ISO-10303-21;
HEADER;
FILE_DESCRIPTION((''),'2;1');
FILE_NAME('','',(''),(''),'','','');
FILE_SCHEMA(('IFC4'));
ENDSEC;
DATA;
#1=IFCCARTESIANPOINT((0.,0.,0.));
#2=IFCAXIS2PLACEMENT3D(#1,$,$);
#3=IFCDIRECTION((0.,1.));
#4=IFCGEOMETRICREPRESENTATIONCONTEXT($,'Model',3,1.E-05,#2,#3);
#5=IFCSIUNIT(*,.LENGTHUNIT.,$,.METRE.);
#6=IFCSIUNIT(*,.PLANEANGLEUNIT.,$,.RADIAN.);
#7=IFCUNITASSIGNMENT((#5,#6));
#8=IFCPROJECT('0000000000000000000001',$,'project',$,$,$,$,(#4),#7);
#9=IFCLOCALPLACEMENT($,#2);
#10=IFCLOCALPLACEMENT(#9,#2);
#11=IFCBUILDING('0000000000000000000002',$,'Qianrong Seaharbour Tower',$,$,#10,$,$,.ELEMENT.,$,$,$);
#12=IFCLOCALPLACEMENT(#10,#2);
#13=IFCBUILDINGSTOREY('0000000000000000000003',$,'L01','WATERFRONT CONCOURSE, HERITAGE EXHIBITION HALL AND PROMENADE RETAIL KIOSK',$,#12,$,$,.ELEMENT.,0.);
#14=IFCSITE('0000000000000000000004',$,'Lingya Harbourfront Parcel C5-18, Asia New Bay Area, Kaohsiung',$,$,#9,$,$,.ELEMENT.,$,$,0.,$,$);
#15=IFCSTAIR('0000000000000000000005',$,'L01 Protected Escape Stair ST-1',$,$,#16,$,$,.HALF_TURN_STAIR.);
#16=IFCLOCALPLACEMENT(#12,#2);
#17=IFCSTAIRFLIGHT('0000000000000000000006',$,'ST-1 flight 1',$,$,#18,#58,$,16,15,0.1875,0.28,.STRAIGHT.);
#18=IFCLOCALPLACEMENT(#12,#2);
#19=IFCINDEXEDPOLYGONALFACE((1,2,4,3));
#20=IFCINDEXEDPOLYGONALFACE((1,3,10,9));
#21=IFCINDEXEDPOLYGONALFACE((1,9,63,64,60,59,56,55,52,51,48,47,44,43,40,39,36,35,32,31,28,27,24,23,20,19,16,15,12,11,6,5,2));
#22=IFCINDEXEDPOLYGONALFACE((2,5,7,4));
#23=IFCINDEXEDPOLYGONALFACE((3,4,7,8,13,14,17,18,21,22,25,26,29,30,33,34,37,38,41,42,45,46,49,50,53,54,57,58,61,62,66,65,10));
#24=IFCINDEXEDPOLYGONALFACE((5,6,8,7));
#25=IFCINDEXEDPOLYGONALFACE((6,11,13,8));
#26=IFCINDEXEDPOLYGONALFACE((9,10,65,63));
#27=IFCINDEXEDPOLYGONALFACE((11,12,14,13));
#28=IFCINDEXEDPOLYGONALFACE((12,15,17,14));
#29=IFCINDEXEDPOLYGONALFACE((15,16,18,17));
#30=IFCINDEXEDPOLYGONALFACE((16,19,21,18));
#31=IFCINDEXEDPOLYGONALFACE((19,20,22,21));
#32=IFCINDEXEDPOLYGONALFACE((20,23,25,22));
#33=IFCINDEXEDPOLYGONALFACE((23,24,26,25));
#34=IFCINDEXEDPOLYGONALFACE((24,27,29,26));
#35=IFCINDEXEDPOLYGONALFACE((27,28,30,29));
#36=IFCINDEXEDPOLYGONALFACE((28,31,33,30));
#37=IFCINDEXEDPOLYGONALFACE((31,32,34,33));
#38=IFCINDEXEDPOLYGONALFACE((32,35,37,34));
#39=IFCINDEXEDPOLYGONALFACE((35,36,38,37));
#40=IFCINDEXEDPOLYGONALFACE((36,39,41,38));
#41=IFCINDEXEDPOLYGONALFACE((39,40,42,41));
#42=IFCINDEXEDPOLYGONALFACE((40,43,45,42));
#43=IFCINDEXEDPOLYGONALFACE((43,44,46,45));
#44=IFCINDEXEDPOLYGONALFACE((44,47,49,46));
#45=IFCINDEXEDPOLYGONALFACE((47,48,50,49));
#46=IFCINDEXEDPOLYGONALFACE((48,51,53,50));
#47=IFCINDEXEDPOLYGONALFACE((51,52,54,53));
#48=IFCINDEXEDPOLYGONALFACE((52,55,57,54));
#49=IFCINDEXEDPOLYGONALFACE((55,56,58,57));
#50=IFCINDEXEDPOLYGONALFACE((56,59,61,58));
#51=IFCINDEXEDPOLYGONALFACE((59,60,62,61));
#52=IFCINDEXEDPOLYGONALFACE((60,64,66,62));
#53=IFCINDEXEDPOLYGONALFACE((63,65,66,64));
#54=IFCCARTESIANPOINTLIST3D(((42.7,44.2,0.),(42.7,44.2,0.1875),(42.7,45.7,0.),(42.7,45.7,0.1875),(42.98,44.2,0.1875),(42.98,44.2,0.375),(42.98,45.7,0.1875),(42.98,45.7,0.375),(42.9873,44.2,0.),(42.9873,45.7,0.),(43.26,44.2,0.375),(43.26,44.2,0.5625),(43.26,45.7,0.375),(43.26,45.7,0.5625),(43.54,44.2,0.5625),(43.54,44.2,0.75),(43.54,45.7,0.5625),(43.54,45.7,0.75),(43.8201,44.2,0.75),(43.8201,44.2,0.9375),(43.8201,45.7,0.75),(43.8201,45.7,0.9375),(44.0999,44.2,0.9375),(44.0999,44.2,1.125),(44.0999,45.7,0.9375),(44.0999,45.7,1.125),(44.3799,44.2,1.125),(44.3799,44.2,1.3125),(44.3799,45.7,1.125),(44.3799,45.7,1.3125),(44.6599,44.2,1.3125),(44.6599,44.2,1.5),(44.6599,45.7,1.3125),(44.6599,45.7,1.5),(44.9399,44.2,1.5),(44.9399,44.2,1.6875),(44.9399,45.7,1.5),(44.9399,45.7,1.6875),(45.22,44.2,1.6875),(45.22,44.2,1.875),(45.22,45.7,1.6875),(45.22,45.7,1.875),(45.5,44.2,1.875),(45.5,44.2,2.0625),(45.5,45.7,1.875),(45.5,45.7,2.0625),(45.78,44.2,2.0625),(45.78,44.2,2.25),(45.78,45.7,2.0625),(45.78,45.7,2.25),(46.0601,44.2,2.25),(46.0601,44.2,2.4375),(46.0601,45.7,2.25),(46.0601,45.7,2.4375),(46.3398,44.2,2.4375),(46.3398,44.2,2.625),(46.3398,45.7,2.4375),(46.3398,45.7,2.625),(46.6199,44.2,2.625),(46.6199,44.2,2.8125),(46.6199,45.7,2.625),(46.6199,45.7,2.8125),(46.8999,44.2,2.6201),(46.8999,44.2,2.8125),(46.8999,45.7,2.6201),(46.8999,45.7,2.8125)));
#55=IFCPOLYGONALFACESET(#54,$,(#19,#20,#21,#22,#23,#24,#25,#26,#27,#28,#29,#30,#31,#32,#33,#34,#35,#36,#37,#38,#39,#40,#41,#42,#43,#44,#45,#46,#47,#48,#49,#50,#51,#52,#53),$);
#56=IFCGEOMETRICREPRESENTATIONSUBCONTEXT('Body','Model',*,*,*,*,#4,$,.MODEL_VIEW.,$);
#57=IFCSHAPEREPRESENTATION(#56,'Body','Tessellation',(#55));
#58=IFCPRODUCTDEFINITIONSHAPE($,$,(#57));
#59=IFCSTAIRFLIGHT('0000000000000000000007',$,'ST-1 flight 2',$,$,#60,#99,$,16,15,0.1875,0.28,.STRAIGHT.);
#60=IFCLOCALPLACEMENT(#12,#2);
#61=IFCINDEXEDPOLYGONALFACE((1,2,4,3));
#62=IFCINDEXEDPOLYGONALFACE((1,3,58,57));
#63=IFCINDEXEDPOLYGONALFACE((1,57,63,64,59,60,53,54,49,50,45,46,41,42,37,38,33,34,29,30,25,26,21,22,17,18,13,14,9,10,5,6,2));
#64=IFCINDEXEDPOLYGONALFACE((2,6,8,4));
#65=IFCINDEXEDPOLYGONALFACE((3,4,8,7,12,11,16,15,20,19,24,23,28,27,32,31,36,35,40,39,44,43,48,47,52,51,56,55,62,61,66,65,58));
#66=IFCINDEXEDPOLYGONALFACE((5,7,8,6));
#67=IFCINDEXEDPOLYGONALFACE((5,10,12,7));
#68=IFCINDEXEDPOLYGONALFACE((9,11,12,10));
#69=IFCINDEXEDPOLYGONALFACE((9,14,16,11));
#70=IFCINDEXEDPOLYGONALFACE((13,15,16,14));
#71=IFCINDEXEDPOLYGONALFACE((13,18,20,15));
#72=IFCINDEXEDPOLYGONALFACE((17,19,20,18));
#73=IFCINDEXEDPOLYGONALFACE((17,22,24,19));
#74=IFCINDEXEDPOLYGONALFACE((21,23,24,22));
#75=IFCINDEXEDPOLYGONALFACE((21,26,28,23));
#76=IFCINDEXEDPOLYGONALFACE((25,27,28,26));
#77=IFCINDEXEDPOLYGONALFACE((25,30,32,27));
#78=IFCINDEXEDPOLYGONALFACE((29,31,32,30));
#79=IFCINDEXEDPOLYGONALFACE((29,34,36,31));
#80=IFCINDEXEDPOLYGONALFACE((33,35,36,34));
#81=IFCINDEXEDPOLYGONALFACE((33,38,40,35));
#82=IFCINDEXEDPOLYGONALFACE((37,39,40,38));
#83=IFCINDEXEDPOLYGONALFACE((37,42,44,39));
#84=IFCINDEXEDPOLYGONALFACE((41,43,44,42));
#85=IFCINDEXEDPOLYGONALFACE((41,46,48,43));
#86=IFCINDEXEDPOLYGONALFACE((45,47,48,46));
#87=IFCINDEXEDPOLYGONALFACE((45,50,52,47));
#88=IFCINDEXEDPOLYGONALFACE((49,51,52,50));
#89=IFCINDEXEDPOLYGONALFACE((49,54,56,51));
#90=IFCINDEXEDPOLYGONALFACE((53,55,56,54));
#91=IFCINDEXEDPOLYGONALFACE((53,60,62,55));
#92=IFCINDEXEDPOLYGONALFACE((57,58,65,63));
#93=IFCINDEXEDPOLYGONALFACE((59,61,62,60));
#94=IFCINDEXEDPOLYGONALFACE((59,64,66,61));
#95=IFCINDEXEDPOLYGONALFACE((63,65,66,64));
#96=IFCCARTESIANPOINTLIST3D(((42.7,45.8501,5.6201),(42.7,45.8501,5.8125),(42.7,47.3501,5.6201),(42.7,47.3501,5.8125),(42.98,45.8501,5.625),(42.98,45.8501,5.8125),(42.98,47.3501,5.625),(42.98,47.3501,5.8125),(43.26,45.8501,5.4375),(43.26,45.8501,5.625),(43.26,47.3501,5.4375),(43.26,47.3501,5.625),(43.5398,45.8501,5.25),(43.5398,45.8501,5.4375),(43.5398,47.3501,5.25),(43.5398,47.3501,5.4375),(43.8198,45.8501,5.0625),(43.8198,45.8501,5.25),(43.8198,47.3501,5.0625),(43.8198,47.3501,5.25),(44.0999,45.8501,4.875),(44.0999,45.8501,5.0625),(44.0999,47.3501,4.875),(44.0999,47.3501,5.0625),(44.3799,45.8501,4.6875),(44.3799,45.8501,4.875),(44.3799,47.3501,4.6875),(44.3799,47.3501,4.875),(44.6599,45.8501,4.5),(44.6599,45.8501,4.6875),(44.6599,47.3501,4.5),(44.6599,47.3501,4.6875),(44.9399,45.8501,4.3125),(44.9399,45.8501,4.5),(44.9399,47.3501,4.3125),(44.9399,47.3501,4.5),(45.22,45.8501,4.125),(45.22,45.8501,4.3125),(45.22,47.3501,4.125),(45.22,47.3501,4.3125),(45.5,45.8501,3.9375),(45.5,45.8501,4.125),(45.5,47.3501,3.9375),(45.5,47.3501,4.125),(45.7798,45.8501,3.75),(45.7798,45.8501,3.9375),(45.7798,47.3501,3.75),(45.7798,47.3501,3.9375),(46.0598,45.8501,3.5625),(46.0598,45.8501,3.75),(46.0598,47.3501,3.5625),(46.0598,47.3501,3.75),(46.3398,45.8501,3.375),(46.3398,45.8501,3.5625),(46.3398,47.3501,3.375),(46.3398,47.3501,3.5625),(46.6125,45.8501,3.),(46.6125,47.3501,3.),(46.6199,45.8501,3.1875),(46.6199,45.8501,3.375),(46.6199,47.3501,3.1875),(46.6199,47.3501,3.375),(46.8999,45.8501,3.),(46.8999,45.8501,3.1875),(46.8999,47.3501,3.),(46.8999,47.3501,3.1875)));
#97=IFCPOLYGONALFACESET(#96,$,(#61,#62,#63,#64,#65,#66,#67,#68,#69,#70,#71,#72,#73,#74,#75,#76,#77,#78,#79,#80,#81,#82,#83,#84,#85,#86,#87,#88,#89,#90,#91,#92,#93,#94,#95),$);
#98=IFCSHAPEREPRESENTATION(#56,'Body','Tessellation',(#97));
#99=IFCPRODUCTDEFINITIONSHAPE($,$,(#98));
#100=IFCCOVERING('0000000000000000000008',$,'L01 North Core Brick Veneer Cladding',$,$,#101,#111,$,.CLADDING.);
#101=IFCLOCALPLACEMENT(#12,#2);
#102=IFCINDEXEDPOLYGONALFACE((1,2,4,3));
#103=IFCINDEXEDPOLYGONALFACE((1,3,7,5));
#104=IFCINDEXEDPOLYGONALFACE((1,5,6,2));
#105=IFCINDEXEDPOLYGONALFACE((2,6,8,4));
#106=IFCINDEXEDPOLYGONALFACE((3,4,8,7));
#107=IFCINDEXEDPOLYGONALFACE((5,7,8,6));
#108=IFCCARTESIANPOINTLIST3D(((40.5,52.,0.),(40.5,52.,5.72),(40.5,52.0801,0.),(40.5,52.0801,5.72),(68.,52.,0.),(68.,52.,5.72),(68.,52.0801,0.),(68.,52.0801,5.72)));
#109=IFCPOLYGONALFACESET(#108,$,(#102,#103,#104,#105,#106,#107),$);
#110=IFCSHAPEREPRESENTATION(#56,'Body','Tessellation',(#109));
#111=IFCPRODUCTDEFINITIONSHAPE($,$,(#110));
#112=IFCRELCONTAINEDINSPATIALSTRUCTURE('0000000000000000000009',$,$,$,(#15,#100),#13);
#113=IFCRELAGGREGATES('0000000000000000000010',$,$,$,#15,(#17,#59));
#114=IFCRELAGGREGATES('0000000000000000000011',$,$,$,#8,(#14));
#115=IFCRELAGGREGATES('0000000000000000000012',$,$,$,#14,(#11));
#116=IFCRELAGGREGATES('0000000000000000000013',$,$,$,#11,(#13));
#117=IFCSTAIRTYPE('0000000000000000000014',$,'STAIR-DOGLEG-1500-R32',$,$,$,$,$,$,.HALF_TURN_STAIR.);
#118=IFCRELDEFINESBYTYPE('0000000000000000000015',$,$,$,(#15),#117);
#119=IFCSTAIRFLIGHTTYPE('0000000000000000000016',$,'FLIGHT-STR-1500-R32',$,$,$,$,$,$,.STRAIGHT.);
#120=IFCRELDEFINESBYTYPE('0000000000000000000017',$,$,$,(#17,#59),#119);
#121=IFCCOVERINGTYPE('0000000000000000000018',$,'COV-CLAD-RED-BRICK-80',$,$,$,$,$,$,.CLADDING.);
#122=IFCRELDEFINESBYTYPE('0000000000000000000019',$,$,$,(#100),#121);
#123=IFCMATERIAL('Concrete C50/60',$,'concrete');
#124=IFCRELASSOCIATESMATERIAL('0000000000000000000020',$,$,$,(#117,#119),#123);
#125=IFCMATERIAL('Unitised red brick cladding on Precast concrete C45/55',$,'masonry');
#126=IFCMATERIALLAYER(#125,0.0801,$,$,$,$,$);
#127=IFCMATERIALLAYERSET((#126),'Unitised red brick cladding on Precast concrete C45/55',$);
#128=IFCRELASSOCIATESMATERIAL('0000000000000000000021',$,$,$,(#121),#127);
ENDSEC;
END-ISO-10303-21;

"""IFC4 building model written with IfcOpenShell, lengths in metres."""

from ifc_helpers import new_model, si_unit, direction, frame, origin, origin_2d, place, context, subcontext, project, spatial, polyline, rectangle, outline, extrude, material, layer, layer_set, type_object, element, aggregate, save


model = new_model("IFC4")

# Units and contexts
model_context = context("Model", 3, precision=1e-05, world=origin(), true_north=direction((0.0, 1.0)))
body_context = subcontext(model_context, "Body", "Model", "MODEL_VIEW")
ifc_project = project(units=[si_unit("LENGTHUNIT", "METRE"), si_unit("PLANEANGLEUNIT", "RADIAN")], contexts=[model_context])

# Site, building, storey
site_placement = place(None, origin())
site = spatial("IfcSite", under=ifc_project, at=site_placement, Name="Lingya Harbourfront Parcel C5-18, Asia New Bay Area, Kaohsiung", CompositionType="ELEMENT", RefElevation=0.0)
building_placement = place(site_placement, origin())
building = spatial("IfcBuilding", under=site, at=building_placement, Name="Qianrong Seaharbour Tower", CompositionType="ELEMENT")
storey_placement = place(building_placement, origin())
storey = spatial("IfcBuildingStorey", under=building, at=storey_placement, Name="L01", Description="WATERFRONT CONCOURSE, HERITAGE EXHIBITION HALL AND PROMENADE RETAIL KIOSK", CompositionType="ELEMENT", Elevation=0.0)

# Shared definitions
ifc_material_1 = material(Name="Concrete C50/60", Category="concrete")

# Stair, stair flights
stair_type = type_object("IfcStairType", Name="STAIR-DOGLEG-1500-R32", PredefinedType="HALF_TURN_STAIR", material=ifc_material_1)
stair_placement = place(storey_placement, origin())
stair = element("IfcStair", 1, at=stair_placement, inside=storey, type_object=stair_type, Name="L01 Protected Escape Stair ST-1", PredefinedType="HALF_TURN_STAIR")
stair_flight_type = type_object("IfcStairFlightType", Name="FLIGHT-STR-1500-R32", PredefinedType="STRAIGHT", material=ifc_material_1)
stair_flight_1_placement = place(storey_placement, frame((42.7, 44.95, 0.0), z_axis=(0.0, 0.0, 1.0), x_axis=(1.0, 0.0, 0.0)))
stair_flight_1 = element("IfcStairFlight", 2, at=stair_flight_1_placement, type_object=stair_flight_type, Name="ST-1 flight 1", NumberOfRisers=16, NumberOfTreads=15, PredefinedType="STRAIGHT", RiserHeight=0.1875, TreadLength=0.28, context=body_context, shape_type="SweptSolid", body=[
    extrude(outline(polyline([(0.0, 0.0), (0.0, 0.1875), (0.28, 0.1875), (0.28, 0.375), (0.5601, 0.375), (0.5601, 0.5625), (0.8401, 0.5625), (0.8401, 0.75), (1.1201, 0.75), (1.1201, 0.9375), (1.3999, 0.9375), (1.3999, 1.125), (1.6799, 1.125), (1.6799, 1.3125), (1.96, 1.3125), (1.96, 1.5), (2.24, 1.5), (2.24, 1.6875), (2.52, 1.6875), (2.52, 1.875), (2.8, 1.875), (2.8, 2.0625), (3.0801, 2.0625), (3.0801, 2.25), (3.3601, 2.25), (3.3601, 2.4375), (3.6399, 2.4375), (3.6399, 2.625), (3.9199, 2.625), (3.9199, 2.8125), (4.2, 2.8125), (4.2, 3.0), (4.2, 2.6201), (0.2874, 0.0), (0.0, 0.0)])), frame((0.0, 0.75, 0.0), z_axis=(0.0, -1.0, 0.0), x_axis=(1.0, 0.0, 0.0)), (0.0, 0.0, 1.0), 1.5),
])
stair_flight_2_placement = place(storey_placement, frame((46.8999, 46.6001, 3.0), z_axis=(0.0, 0.0, 1.0), x_axis=(-1.0, 0.0, 0.0)))
stair_flight_2 = element("IfcStairFlight", 3, at=stair_flight_2_placement, type_object=stair_flight_type, Name="ST-1 flight 2", NumberOfRisers=16, NumberOfTreads=15, PredefinedType="STRAIGHT", RiserHeight=0.1875, TreadLength=0.28, context=body_context, shape_type="SweptSolid", body=[
    extrude(outline(polyline([(0.0, 0.0), (0.0, 0.1875), (0.28, 0.1875), (0.28, 0.375), (0.5601, 0.375), (0.5601, 0.5625), (0.8401, 0.5625), (0.8401, 0.75), (1.1201, 0.75), (1.1201, 0.9375), (1.3999, 0.9375), (1.3999, 1.125), (1.6799, 1.125), (1.6799, 1.3125), (1.96, 1.3125), (1.96, 1.5), (2.24, 1.5), (2.24, 1.6875), (2.52, 1.6875), (2.52, 1.875), (2.8, 1.875), (2.8, 2.0625), (3.0801, 2.0625), (3.0801, 2.25), (3.3601, 2.25), (3.3601, 2.4375), (3.6399, 2.4375), (3.6399, 2.625), (3.9199, 2.625), (3.9199, 2.8125), (4.2, 2.8125), (4.2, 3.0), (4.2, 2.6201), (0.2874, 0.0), (0.0, 0.0)])), frame((0.0, 0.75, 0.0), z_axis=(0.0, -1.0, 0.0), x_axis=(1.0, 0.0, 0.0)), (0.0, 0.0, 1.0), 1.5),
])
aggregate(stair, [stair_flight_1, stair_flight_2])

# Covering
ifc_material_2 = material(Name="Unitised red brick cladding on Precast concrete C45/55", Category="masonry")
ifc_layer_1 = layer(ifc_material_2, 0.0801)
ifc_layer_set_1 = layer_set([ifc_layer_1], Name="Unitised red brick cladding on Precast concrete C45/55")
covering_type = type_object("IfcCoveringType", Name="COV-CLAD-RED-BRICK-80", PredefinedType="CLADDING", material=ifc_layer_set_1)
covering_placement = place(storey_placement, frame((54.25, 52.04, 0.0), z_axis=(0.0, 0.0, 1.0), x_axis=(1.0, 0.0, 0.0)))
element("IfcCovering", 4, at=covering_placement, inside=storey, type_object=covering_type, Name="L01 North Core Brick Veneer Cladding", PredefinedType="CLADDING", context=body_context, shape_type="SweptSolid", body=[
    extrude(rectangle(XDim=27.5, YDim=0.0801, at=origin_2d()), origin(), (0.0, 0.0, 1.0), 5.72),
])

save(model, "model.ifc")
